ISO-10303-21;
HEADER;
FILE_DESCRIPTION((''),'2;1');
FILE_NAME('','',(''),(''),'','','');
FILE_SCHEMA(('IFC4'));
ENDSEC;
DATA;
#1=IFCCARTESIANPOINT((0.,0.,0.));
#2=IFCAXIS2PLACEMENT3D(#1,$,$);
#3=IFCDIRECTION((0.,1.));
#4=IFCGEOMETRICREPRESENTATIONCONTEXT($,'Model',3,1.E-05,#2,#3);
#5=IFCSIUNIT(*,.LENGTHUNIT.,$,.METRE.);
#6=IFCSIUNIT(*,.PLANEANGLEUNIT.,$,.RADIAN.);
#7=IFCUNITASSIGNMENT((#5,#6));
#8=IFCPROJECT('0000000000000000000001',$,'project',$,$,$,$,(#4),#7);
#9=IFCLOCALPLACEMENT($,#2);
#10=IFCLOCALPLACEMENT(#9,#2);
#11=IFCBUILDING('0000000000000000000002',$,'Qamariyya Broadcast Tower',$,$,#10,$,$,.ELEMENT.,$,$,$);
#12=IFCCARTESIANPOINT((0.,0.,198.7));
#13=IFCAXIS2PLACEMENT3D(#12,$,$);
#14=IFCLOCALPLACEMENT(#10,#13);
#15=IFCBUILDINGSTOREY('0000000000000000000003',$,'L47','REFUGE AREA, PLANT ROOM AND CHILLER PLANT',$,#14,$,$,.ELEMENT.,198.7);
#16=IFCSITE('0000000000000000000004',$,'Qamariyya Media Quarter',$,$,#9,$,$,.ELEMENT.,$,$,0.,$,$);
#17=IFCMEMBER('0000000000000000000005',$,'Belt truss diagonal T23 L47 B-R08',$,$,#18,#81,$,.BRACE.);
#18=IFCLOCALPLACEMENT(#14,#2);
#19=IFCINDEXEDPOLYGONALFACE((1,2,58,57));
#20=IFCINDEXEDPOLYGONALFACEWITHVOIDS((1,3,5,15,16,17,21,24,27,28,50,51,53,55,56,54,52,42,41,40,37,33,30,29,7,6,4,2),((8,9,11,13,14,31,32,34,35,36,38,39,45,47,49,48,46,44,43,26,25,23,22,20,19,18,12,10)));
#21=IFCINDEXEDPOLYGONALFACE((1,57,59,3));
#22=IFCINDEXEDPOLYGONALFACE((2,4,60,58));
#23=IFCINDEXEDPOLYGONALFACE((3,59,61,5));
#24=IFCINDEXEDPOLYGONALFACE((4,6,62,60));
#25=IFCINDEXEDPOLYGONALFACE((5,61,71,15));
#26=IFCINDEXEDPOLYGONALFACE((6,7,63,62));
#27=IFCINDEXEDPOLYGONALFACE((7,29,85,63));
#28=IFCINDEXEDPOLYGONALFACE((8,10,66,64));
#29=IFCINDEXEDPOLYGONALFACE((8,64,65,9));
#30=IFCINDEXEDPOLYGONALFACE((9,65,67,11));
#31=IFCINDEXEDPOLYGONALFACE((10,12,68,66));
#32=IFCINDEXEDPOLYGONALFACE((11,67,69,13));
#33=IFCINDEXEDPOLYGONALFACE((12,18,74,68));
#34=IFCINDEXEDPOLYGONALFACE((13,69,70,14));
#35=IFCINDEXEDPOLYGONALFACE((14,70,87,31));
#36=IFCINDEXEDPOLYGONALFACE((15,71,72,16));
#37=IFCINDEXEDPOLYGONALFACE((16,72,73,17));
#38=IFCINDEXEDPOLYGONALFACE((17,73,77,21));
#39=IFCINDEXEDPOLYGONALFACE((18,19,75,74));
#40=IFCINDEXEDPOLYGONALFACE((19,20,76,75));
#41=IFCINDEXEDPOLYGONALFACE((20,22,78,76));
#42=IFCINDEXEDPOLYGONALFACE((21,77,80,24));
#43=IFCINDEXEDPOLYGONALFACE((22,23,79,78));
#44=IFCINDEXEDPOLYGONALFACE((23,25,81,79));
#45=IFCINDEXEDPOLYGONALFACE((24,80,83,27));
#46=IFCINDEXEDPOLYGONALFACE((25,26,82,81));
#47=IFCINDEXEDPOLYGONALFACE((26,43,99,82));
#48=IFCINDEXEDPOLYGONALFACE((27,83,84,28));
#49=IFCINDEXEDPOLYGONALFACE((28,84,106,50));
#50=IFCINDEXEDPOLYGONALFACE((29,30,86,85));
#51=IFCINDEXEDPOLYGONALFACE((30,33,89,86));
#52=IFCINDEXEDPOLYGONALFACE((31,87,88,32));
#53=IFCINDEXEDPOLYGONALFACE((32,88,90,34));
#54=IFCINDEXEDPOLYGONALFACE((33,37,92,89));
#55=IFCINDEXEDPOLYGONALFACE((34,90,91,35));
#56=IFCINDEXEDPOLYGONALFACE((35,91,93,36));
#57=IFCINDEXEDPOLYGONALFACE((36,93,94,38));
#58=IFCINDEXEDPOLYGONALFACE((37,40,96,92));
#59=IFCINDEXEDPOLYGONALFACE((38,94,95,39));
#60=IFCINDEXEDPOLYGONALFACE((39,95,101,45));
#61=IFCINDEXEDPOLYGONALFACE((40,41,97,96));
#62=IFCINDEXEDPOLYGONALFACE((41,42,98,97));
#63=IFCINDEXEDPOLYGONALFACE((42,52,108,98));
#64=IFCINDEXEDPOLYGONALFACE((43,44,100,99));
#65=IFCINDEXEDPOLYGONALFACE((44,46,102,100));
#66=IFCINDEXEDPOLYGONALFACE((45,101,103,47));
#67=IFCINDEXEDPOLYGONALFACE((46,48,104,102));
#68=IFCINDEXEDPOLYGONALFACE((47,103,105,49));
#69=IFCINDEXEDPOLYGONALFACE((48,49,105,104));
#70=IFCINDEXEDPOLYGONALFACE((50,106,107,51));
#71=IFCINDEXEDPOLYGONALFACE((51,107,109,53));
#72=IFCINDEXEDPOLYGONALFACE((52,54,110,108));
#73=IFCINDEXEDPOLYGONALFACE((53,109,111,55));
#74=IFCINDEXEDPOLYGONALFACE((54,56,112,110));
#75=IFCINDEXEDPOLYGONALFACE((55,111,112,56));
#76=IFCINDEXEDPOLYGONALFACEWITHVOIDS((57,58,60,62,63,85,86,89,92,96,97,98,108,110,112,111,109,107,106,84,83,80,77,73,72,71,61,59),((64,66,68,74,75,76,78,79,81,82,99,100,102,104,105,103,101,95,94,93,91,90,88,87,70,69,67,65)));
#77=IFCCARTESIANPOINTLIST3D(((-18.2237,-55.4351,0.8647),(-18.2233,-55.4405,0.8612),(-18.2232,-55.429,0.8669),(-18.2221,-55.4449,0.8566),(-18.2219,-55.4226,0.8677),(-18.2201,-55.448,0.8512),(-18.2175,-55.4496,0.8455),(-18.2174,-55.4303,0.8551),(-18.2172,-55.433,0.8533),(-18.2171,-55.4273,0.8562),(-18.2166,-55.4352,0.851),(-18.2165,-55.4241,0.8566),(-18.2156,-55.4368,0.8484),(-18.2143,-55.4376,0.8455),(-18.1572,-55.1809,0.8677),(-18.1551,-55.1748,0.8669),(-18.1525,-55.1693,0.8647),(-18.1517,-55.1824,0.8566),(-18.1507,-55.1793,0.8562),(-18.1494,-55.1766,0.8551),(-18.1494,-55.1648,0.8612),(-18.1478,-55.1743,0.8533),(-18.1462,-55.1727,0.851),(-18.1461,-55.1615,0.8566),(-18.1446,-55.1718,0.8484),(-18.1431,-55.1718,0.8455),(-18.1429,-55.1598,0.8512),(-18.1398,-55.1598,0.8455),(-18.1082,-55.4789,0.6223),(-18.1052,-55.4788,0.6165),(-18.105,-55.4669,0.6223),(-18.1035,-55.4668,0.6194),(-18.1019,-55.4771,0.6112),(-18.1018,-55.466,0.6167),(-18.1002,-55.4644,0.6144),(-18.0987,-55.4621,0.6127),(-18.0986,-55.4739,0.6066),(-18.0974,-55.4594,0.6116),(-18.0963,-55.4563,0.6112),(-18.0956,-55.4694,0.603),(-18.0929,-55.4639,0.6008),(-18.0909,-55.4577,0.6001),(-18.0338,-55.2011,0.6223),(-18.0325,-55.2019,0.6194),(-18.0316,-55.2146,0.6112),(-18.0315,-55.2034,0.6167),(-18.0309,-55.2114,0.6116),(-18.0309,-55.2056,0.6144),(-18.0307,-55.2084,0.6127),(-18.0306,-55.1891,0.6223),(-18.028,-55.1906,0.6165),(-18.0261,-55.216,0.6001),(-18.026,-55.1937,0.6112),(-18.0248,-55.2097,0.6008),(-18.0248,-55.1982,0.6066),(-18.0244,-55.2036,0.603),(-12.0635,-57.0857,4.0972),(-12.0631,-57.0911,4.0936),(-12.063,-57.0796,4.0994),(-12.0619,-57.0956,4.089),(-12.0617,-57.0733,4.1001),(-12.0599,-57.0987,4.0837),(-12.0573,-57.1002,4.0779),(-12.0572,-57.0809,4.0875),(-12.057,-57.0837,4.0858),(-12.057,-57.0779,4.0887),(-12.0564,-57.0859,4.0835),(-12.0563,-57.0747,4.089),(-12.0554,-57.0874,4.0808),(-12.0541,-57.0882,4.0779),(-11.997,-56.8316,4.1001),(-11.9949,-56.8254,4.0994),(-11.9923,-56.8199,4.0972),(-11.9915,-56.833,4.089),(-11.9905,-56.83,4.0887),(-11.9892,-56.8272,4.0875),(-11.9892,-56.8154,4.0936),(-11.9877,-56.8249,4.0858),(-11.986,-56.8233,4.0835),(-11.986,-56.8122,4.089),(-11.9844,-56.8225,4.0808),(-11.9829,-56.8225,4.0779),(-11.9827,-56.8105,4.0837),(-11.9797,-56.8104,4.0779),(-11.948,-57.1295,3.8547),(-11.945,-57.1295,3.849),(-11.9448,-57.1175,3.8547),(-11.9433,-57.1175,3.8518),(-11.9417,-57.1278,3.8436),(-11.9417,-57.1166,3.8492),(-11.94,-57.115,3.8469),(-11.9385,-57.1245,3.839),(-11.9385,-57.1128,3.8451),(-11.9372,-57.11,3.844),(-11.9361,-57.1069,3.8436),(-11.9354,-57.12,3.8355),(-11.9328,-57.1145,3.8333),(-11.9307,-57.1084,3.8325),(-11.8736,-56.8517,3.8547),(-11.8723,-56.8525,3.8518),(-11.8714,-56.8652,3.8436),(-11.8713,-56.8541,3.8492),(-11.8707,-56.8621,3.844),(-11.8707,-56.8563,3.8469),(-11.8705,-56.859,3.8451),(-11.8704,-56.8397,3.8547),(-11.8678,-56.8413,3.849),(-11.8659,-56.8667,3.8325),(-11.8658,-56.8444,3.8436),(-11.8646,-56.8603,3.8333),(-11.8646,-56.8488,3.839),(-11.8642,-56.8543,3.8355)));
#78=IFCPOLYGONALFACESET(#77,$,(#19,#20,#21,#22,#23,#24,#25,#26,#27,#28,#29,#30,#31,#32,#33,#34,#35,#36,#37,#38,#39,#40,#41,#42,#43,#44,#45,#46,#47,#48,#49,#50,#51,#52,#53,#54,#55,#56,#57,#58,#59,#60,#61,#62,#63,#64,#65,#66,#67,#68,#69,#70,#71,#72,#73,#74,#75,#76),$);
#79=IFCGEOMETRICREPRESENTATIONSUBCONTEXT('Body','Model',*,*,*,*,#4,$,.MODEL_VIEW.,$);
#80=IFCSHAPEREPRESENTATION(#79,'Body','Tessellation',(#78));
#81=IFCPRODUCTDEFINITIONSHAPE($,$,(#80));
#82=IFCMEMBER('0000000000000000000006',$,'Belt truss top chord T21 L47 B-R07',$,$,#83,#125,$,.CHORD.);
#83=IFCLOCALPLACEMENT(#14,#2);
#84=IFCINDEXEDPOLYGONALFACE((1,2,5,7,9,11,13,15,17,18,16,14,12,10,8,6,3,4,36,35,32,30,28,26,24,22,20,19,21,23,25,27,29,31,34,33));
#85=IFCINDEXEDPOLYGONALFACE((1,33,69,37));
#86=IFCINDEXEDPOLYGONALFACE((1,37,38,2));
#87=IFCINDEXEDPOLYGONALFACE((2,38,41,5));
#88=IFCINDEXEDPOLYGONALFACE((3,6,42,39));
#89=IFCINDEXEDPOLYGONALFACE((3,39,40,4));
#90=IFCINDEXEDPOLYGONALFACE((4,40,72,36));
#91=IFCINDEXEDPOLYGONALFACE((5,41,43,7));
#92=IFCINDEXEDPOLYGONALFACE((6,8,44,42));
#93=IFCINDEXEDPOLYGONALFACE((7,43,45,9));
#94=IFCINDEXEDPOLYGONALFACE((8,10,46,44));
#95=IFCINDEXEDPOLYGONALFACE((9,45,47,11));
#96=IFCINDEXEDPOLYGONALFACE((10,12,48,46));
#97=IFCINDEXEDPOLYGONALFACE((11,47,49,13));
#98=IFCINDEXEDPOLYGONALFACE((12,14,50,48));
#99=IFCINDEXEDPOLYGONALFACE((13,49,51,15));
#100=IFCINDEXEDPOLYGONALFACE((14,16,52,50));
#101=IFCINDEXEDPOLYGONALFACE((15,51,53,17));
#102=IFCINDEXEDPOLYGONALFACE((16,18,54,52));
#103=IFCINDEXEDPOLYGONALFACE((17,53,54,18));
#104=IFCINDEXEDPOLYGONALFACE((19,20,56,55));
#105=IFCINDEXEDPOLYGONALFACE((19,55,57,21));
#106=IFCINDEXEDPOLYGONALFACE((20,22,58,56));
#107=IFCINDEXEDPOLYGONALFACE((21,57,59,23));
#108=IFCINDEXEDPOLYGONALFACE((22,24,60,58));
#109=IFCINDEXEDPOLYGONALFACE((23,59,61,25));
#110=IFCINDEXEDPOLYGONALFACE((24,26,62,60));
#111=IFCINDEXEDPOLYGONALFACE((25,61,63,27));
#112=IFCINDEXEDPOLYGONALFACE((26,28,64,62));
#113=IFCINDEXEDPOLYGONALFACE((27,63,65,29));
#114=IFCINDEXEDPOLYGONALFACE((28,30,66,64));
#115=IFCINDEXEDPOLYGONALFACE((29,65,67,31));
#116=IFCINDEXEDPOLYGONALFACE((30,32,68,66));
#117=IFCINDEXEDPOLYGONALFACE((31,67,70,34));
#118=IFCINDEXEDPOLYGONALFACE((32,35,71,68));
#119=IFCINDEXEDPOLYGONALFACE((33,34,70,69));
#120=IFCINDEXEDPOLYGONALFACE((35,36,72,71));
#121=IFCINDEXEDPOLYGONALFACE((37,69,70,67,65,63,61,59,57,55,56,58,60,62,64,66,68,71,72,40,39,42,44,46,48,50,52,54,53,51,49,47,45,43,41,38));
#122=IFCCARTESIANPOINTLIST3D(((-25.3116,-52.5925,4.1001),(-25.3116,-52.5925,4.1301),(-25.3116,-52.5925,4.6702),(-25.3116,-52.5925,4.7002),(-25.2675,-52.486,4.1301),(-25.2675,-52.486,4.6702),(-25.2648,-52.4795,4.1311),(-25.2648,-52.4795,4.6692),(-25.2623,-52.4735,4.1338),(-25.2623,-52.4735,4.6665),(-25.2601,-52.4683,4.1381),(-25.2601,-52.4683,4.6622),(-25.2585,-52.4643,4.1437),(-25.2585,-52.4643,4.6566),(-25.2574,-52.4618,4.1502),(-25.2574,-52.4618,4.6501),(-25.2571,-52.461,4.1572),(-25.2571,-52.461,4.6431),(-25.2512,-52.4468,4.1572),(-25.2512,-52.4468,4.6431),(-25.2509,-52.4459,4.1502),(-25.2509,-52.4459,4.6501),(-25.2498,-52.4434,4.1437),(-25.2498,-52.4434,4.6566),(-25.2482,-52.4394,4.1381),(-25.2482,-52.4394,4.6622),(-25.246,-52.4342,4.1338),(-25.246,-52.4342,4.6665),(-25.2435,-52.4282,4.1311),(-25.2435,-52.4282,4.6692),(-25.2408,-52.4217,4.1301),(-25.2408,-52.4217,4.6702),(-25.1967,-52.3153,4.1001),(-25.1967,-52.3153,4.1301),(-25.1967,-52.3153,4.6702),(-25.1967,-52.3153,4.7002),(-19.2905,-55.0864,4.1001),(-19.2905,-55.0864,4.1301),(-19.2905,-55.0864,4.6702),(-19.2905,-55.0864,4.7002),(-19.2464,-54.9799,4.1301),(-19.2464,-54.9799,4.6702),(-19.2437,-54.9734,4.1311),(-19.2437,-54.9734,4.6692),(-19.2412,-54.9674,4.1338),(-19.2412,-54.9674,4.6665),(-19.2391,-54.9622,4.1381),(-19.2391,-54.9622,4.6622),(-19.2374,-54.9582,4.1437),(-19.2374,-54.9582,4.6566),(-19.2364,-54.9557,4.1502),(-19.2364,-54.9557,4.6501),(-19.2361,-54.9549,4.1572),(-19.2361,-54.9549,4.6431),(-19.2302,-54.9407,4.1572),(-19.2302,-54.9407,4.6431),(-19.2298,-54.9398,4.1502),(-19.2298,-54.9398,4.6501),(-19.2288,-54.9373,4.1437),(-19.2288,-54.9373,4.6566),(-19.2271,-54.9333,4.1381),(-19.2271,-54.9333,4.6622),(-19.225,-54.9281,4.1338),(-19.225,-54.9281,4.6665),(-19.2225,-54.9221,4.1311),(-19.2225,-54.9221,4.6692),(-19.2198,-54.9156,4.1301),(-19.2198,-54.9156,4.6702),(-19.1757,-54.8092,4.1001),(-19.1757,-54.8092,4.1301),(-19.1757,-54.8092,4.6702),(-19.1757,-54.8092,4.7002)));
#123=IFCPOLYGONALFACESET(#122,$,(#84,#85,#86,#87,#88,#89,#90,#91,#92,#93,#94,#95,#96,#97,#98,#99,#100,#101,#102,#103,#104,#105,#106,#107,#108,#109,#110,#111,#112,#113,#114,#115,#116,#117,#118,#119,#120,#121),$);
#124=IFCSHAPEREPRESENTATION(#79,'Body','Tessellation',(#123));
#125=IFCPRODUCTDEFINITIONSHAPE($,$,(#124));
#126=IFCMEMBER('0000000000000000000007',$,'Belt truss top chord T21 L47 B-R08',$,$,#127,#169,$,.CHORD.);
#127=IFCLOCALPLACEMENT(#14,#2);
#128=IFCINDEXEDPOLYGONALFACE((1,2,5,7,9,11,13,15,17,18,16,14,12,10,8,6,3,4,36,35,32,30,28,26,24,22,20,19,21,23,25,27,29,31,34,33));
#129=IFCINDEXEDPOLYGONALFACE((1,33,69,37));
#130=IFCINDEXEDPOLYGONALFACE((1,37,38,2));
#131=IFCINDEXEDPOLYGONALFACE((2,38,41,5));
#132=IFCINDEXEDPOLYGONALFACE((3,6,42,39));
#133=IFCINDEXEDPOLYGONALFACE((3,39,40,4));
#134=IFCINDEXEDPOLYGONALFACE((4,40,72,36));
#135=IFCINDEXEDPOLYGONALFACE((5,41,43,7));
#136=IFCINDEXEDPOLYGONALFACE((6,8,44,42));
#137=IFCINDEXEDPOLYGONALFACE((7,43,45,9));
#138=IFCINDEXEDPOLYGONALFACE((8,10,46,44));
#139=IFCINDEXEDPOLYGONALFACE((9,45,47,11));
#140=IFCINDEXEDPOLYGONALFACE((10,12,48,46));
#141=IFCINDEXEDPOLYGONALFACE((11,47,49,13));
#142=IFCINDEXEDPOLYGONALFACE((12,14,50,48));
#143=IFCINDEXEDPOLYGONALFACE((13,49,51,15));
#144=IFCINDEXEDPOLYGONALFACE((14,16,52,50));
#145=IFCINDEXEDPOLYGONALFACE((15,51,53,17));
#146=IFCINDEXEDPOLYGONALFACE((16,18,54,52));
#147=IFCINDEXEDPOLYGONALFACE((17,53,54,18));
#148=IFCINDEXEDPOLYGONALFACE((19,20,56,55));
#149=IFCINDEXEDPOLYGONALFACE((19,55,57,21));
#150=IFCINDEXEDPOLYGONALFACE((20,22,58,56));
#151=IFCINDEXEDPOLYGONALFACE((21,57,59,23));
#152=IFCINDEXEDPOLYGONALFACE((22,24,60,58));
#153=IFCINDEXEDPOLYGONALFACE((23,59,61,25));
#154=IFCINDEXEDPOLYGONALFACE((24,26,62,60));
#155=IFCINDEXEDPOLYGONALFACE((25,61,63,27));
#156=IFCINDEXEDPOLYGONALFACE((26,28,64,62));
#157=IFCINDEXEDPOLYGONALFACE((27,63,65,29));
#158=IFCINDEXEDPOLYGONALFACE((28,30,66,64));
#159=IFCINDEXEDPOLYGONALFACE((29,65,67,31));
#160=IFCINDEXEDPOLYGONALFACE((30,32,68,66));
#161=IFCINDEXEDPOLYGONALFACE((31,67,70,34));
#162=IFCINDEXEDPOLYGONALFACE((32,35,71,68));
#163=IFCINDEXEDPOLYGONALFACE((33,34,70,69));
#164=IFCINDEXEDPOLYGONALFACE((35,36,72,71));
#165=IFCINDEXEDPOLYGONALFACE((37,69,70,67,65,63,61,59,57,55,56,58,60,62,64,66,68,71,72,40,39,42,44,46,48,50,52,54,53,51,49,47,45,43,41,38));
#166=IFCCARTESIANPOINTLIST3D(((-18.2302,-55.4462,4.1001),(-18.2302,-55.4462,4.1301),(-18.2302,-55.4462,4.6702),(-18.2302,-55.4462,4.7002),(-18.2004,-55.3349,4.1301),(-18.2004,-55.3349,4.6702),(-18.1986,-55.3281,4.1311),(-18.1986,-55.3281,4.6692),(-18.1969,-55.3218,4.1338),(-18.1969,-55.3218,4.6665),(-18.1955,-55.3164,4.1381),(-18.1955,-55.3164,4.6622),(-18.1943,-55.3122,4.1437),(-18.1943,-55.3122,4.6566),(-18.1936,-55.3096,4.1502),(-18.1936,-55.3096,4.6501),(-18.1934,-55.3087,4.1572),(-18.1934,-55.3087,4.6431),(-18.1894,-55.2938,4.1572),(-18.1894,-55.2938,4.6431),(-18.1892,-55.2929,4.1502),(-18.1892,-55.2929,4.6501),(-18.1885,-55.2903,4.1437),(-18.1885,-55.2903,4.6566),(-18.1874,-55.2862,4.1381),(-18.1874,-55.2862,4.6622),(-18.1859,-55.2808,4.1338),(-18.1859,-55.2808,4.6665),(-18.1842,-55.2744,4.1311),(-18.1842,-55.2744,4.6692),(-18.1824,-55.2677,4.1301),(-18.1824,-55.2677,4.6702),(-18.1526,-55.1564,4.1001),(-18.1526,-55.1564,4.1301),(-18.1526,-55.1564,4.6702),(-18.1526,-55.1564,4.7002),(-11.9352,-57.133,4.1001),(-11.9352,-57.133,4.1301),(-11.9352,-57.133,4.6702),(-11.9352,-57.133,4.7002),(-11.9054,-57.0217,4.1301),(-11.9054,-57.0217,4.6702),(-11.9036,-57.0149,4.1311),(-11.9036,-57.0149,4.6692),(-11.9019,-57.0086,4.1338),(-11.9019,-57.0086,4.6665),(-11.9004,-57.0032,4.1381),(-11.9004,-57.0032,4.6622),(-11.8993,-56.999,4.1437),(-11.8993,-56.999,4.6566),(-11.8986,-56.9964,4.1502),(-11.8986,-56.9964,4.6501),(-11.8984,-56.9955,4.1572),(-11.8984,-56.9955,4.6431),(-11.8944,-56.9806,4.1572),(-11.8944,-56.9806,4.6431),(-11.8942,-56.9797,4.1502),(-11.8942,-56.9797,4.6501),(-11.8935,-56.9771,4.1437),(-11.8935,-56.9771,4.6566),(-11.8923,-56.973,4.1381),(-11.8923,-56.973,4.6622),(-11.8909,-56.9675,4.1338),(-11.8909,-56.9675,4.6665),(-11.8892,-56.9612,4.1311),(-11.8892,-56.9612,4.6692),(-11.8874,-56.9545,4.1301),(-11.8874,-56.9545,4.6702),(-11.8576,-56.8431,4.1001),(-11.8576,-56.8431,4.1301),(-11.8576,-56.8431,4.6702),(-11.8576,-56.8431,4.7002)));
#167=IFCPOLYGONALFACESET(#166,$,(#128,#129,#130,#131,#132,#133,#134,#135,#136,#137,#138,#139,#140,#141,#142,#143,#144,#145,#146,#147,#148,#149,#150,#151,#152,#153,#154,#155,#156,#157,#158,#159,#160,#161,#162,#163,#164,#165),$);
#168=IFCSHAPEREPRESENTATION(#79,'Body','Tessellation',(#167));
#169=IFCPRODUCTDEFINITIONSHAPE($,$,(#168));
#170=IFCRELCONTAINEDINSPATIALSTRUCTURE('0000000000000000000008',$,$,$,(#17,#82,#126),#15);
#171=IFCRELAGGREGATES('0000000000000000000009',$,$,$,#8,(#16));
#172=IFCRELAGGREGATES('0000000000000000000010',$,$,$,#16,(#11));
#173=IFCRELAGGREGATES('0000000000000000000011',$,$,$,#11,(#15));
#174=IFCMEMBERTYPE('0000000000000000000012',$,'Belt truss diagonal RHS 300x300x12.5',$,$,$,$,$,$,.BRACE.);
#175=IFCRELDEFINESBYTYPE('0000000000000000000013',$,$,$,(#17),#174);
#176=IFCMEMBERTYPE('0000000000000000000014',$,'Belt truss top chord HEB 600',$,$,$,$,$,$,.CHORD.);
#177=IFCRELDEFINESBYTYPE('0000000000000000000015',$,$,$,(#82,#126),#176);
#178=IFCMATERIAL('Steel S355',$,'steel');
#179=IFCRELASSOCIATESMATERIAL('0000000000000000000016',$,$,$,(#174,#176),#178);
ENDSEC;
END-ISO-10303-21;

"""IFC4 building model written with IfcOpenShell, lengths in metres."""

from ifc_helpers import new_model, si_unit, direction, frame, origin, origin_2d, place, context, subcontext, project, spatial, hollow_rectangle, i_section, extrude, material, material_profile, profile_set, type_object, element, save


model = new_model("IFC4")

# Units and contexts
model_context = context("Model", 3, precision=1e-05, world=origin(), true_north=direction((0.0, 1.0)))
body_context = subcontext(model_context, "Body", "Model", "MODEL_VIEW")
ifc_project = project(units=[si_unit("LENGTHUNIT", "METRE"), si_unit("PLANEANGLEUNIT", "RADIAN")], contexts=[model_context])

# Site, building, storey
site_placement = place(None, origin())
site = spatial("IfcSite", under=ifc_project, at=site_placement, Name="Qamariyya Media Quarter", CompositionType="ELEMENT", RefElevation=0.0)
building_placement = place(site_placement, origin())
building = spatial("IfcBuilding", under=site, at=building_placement, Name="Qamariyya Broadcast Tower", CompositionType="ELEMENT")
storey_placement = place(building_placement, frame((0.0, 0.0, 198.7)))
storey = spatial("IfcBuildingStorey", under=building, at=storey_placement, Name="L47", Description="REFUGE AREA, PLANT ROOM AND CHILLER PLANT", CompositionType="ELEMENT", Elevation=198.7)

# Members
ifc_material_1 = material(Name="Steel S355", Category="steel")
ifc_material_profile_1 = material_profile(ifc_material_1, hollow_rectangle(XDim=0.3, YDim=0.3, WallThickness=0.0125, InnerFilletRadius=0.0125, OuterFilletRadius=0.0249, at=origin_2d()))
ifc_profile_set_1 = profile_set([ifc_material_profile_1], Name="Steel S355")
member_type_1 = type_object("IfcMemberType", Name="Belt truss diagonal RHS 300x300x12.5", PredefinedType="BRACE", material=ifc_profile_set_1)
for number, where, z_axis, x_axis, name in (
    (1, (-18.124, -55.3193, 0.7339), (0.861576, -0.230862, 0.452095), (0.258823, 0.965925, 0.0), "Belt truss diagonal T23 L47 B-R08"),
):
    element("IfcMember", number, at=place(storey_placement, frame(where, z_axis=z_axis, x_axis=x_axis)), inside=storey, type_object=member_type_1, Name=name, PredefinedType="BRACE", context=body_context, shape_type="SweptSolid", body=[
        extrude(hollow_rectangle(XDim=0.3, YDim=0.3, WallThickness=0.0125, InnerFilletRadius=0.0125, OuterFilletRadius=0.0249, at=origin_2d()), origin(), (0.0, 0.0, 1.0), 7.1499),
    ])
ifc_material_profile_2 = material_profile(ifc_material_1, i_section(OverallWidth=0.3, OverallDepth=0.6001, WebThickness=0.0154, FlangeThickness=0.03, FilletRadius=0.0271, at=origin_2d()))
ifc_profile_set_2 = profile_set([ifc_material_profile_2], Name="Steel S355")
member_type_2 = type_object("IfcMemberType", Name="Belt truss top chord HEB 600", PredefinedType="CHORD", material=ifc_profile_set_2)
for number, where, z_axis, x_axis, name in (
    (2, (-25.2542, -52.4539, 4.4001), (0.923884, -0.382673, 0.0), (0.382673, 0.923884, 0.0), "Belt truss top chord T21 L47 B-R07"),
    (3, (-18.1914, -55.3013, 4.4001), (0.965924, -0.258826, 0.0), (0.258826, 0.965924, 0.0), "Belt truss top chord T21 L47 B-R08"),
):
    element("IfcMember", number, at=place(storey_placement, frame(where, z_axis=z_axis, x_axis=x_axis)), inside=storey, type_object=member_type_2, Name=name, PredefinedType="CHORD", context=body_context, shape_type="SweptSolid", body=[
        extrude(i_section(OverallWidth=0.3, OverallDepth=0.6001, WebThickness=0.0154, FlangeThickness=0.03, FilletRadius=0.0271, at=origin_2d()), origin(), (0.0, 0.0, 1.0), 6.5171),
    ])

save(model, "model.ifc")
